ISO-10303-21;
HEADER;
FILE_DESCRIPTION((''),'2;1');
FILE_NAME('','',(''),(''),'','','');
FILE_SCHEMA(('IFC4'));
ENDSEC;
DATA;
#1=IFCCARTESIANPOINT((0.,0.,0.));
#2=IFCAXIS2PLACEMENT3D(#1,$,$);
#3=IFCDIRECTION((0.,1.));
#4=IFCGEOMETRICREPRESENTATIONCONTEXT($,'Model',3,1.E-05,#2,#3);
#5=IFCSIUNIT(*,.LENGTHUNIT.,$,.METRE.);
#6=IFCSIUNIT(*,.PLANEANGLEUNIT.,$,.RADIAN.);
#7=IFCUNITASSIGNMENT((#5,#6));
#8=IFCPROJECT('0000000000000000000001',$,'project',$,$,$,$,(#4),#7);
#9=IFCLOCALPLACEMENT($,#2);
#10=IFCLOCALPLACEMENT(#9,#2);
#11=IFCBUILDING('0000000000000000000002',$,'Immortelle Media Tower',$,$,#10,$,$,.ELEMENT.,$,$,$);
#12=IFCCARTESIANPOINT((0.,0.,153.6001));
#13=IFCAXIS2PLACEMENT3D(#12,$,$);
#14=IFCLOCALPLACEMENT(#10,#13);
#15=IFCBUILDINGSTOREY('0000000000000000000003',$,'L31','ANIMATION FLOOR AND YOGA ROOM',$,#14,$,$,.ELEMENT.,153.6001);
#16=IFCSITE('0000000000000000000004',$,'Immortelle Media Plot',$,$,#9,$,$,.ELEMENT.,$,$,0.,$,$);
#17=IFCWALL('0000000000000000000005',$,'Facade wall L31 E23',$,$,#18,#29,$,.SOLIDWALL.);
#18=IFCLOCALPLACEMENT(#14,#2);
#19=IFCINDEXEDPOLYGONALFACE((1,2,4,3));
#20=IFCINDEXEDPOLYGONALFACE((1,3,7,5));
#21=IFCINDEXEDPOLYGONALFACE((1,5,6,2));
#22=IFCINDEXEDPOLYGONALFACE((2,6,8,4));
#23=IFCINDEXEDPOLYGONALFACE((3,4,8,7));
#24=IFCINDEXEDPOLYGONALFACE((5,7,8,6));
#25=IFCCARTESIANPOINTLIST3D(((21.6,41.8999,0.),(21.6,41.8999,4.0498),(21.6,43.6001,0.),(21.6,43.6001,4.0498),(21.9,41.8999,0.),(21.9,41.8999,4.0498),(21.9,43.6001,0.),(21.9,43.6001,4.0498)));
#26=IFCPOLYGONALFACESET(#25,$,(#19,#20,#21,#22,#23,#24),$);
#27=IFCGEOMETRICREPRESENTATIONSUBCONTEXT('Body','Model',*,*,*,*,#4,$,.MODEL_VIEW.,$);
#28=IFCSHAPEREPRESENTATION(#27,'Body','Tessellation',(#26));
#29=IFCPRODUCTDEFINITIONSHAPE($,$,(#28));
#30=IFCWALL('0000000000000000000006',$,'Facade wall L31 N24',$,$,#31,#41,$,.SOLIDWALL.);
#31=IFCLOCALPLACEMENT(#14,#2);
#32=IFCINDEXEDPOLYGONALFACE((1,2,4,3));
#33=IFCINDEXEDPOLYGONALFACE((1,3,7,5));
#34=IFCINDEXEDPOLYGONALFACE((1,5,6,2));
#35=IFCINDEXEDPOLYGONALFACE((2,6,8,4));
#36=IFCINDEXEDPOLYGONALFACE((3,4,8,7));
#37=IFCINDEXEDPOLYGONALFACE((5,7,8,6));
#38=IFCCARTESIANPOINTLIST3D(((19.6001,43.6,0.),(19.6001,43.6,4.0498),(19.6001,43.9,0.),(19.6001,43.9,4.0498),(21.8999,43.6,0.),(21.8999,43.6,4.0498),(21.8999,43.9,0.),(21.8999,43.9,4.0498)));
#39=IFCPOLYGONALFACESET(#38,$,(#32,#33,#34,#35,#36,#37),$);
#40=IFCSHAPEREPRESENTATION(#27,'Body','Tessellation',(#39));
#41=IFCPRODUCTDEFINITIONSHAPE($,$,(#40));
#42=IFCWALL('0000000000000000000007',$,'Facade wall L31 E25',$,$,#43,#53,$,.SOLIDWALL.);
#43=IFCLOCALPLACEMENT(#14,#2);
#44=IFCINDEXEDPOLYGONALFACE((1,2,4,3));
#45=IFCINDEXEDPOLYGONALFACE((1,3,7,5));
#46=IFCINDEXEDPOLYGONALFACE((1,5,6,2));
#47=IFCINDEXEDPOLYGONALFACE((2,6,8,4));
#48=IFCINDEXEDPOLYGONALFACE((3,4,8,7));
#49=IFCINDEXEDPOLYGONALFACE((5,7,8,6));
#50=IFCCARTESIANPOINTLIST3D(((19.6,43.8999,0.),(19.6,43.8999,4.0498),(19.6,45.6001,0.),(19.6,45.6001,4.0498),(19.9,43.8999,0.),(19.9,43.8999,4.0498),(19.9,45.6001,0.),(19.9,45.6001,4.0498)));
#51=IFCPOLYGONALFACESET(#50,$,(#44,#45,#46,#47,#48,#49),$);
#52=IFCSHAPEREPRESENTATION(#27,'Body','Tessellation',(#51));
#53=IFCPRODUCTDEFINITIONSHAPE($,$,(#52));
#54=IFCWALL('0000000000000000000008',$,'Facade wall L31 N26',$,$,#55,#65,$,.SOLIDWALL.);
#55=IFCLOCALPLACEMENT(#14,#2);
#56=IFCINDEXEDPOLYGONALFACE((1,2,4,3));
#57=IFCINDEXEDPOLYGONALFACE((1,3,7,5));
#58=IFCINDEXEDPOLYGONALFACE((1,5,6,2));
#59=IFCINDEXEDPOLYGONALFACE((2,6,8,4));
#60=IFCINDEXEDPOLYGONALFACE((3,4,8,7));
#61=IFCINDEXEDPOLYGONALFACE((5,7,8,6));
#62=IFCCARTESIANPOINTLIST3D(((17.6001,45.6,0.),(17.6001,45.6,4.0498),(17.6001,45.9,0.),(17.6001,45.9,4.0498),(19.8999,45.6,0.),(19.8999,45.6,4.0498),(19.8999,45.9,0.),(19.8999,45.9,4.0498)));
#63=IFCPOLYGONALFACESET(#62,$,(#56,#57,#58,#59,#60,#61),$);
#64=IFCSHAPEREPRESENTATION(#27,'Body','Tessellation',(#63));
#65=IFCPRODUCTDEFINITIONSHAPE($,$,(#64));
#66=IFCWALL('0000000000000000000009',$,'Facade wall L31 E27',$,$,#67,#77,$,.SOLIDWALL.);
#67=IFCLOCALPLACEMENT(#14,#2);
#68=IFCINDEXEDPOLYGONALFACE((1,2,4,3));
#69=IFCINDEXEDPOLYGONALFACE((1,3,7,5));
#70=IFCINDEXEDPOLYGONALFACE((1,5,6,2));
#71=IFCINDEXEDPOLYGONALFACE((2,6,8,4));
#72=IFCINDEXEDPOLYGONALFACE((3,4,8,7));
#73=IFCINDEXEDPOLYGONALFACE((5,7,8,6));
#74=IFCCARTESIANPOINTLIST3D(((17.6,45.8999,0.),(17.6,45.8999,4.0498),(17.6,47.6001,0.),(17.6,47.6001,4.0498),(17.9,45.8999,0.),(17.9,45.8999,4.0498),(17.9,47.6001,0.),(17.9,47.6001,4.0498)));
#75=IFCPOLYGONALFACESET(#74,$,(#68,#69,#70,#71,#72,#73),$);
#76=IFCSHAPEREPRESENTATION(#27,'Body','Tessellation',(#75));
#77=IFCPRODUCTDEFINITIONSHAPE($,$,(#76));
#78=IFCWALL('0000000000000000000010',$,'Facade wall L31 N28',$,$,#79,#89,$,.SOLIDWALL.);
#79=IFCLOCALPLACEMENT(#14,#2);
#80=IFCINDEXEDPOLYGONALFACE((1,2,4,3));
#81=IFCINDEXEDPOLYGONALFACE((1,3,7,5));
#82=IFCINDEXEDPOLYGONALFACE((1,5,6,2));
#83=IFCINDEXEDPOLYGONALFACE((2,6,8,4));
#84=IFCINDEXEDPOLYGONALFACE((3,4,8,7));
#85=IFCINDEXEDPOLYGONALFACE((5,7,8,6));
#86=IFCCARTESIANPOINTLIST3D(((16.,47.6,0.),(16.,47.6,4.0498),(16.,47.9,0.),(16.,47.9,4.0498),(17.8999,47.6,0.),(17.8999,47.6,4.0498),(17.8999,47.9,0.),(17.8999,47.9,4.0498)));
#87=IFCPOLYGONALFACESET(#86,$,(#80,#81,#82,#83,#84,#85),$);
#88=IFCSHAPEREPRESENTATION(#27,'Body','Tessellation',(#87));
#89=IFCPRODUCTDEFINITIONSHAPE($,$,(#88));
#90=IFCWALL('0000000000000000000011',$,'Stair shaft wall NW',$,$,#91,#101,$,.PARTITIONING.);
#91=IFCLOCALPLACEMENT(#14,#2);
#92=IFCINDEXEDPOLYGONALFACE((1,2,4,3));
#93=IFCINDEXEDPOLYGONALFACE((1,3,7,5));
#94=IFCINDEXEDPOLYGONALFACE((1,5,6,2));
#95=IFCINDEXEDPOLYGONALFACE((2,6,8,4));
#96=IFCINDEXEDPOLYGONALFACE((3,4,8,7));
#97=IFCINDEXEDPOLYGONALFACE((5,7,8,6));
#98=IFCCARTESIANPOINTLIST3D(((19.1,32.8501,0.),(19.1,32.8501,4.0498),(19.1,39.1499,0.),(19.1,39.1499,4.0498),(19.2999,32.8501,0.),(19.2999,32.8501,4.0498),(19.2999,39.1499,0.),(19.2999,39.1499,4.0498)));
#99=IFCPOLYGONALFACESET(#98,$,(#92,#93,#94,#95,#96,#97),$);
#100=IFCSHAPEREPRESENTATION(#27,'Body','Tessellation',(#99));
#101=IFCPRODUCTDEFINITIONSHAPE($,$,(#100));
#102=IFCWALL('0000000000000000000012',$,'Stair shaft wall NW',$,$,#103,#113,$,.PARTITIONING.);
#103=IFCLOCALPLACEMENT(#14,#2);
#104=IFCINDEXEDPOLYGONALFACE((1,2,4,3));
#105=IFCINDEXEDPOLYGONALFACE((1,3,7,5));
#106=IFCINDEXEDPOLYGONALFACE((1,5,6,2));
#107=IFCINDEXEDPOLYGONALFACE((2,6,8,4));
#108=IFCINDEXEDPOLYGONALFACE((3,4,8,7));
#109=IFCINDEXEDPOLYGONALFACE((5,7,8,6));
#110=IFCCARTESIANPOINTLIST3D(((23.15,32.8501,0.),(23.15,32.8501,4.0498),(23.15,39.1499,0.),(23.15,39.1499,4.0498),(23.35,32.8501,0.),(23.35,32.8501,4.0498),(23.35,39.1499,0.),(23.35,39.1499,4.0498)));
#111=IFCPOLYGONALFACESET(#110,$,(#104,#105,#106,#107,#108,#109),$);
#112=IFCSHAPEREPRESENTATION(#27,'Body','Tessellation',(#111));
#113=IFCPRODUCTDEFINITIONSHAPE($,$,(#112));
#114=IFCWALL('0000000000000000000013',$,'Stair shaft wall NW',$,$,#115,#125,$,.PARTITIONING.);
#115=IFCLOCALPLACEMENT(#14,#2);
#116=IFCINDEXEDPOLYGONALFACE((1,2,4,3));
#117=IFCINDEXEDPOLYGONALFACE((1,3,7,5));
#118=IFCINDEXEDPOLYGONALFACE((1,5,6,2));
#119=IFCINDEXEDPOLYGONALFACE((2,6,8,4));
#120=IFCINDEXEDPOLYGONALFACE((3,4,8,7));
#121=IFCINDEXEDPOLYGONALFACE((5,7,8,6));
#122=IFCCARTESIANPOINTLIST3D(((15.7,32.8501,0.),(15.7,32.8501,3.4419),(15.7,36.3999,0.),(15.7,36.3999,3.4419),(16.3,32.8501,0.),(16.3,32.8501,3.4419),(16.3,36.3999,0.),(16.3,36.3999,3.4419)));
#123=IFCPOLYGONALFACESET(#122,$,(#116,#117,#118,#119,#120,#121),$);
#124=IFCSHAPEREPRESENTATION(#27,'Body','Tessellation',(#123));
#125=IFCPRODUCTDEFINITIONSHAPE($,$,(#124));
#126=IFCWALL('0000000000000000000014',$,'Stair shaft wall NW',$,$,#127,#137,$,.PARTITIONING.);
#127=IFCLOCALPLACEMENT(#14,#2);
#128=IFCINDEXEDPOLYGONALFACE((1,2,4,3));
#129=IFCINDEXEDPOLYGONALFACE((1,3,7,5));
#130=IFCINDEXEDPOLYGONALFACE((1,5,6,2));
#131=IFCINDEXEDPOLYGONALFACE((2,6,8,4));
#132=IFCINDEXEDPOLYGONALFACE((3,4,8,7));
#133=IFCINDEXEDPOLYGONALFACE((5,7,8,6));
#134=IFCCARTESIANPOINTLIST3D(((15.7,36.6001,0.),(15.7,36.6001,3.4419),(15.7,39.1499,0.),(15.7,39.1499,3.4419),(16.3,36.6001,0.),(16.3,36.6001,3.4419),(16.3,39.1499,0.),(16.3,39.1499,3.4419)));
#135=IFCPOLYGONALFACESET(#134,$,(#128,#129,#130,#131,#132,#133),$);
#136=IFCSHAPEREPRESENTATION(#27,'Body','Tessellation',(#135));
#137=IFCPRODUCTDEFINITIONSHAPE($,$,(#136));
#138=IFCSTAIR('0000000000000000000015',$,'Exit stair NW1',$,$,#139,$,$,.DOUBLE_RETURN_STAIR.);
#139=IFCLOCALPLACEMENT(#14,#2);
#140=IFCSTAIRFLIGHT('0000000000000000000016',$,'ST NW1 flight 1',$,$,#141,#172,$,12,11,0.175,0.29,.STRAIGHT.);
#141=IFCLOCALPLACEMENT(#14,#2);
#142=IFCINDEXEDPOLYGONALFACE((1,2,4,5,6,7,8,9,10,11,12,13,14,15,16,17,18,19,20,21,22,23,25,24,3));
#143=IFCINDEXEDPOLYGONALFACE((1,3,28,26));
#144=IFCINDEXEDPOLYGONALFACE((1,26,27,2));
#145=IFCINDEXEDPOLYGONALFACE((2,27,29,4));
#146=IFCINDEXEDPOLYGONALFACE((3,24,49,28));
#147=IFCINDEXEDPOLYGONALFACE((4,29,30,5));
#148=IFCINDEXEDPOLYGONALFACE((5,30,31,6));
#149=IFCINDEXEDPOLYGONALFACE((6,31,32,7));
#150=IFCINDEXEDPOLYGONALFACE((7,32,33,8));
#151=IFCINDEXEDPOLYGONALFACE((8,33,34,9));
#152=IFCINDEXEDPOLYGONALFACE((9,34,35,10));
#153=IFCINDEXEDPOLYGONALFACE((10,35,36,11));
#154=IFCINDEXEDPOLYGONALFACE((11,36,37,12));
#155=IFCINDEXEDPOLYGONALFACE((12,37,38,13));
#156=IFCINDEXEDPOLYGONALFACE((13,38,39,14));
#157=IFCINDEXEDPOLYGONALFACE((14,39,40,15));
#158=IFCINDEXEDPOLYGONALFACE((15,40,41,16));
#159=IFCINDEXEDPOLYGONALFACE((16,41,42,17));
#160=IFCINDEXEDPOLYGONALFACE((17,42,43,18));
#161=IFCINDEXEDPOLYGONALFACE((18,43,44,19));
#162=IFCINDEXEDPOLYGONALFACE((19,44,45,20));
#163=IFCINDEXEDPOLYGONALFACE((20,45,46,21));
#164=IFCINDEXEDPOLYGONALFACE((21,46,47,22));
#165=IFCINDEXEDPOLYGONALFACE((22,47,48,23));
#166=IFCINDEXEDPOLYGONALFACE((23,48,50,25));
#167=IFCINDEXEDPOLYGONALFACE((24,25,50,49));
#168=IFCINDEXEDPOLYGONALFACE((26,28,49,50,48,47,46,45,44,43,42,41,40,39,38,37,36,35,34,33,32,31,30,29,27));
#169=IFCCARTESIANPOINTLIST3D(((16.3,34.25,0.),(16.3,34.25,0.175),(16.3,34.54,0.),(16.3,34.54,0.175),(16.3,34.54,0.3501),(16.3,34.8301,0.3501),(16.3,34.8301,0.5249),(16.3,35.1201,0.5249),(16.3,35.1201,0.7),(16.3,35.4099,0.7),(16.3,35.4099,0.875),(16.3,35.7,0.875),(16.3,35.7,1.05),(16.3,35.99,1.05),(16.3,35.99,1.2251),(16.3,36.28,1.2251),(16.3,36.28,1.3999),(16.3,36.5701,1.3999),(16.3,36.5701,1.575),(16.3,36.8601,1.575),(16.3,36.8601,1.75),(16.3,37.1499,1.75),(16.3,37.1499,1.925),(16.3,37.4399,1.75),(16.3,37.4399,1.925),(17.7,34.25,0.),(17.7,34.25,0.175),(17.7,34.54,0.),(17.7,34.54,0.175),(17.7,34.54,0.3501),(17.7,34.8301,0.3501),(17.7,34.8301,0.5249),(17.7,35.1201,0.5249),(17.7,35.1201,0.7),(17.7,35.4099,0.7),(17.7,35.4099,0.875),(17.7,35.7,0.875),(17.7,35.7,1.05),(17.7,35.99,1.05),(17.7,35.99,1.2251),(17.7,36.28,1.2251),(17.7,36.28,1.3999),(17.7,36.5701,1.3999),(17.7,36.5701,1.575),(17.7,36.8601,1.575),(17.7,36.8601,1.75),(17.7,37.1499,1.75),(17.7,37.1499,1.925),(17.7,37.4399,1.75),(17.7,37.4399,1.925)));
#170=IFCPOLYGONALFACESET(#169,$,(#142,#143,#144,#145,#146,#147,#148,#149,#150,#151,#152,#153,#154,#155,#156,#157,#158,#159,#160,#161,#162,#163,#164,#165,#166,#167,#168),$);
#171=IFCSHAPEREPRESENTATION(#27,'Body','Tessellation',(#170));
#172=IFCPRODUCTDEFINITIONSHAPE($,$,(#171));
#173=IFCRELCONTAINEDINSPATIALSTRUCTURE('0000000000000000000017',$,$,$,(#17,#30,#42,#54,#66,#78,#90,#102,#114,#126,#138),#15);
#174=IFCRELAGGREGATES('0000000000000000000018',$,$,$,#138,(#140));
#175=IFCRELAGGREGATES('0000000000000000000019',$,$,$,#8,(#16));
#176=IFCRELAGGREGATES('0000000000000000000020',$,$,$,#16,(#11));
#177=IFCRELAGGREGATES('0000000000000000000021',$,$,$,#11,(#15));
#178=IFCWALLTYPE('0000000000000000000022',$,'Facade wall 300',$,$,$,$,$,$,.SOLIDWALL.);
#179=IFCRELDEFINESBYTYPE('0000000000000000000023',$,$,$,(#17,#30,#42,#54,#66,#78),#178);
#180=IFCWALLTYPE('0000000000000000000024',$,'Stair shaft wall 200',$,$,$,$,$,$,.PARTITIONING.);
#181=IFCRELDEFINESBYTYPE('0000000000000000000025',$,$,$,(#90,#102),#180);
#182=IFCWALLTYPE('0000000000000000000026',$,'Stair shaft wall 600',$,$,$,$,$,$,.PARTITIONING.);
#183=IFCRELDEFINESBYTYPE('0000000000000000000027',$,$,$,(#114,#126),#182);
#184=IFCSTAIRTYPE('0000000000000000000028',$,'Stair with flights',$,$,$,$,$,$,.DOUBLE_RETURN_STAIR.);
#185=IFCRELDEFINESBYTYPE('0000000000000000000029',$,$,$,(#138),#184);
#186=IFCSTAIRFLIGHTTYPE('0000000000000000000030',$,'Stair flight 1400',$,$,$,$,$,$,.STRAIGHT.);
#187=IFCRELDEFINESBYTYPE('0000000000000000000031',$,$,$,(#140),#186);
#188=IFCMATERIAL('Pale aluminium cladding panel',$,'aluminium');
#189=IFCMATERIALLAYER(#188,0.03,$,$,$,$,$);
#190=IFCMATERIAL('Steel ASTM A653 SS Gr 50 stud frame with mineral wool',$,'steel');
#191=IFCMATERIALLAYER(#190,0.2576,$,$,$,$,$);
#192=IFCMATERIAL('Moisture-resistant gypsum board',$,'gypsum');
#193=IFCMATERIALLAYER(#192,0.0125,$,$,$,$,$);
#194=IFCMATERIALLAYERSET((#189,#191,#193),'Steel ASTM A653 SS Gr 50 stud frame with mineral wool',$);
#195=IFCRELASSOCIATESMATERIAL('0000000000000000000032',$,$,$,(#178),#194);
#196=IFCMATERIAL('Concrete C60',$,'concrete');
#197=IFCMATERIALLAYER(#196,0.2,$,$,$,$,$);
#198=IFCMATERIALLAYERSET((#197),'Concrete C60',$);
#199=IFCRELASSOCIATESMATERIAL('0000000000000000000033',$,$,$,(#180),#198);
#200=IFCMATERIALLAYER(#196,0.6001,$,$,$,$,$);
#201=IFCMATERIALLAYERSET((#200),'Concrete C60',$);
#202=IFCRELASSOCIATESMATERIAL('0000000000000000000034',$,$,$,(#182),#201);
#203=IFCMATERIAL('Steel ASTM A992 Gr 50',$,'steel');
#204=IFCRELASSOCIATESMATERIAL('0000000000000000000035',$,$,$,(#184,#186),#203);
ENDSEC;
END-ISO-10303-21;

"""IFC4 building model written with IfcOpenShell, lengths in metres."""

from ifc_helpers import new_model, si_unit, direction, frame, frame_2d, origin, place, context, subcontext, project, spatial, polyline, rectangle, outline, extrude, material, layer, layer_set, type_object, element, aggregate, save


model = new_model("IFC4")

# Units and contexts
model_context = context("Model", 3, precision=1e-05, world=origin(), true_north=direction((0.0, 1.0)))
body_context = subcontext(model_context, "Body", "Model", "MODEL_VIEW")
ifc_project = project(units=[si_unit("LENGTHUNIT", "METRE"), si_unit("PLANEANGLEUNIT", "RADIAN")], contexts=[model_context])

# Site, building, storey
site_placement = place(None, origin())
site = spatial("IfcSite", under=ifc_project, at=site_placement, Name="Immortelle Media Plot", CompositionType="ELEMENT", RefElevation=0.0)
building_placement = place(site_placement, origin())
building = spatial("IfcBuilding", under=site, at=building_placement, Name="Immortelle Media Tower", CompositionType="ELEMENT")
storey_placement = place(building_placement, frame((0.0, 0.0, 153.6001)))
storey = spatial("IfcBuildingStorey", under=building, at=storey_placement, Name="L31", Description="ANIMATION FLOOR AND YOGA ROOM", CompositionType="ELEMENT", Elevation=153.6001)

# Shared definitions
ifc_material_1 = material(Name="Steel ASTM A992 Gr 50", Category="steel")

# Walls
ifc_material_2 = material(Name="Pale aluminium cladding panel", Category="aluminium")
ifc_layer_1 = layer(ifc_material_2, 0.03)
ifc_material_3 = material(Name="Steel ASTM A653 SS Gr 50 stud frame with mineral wool", Category="steel")
ifc_layer_2 = layer(ifc_material_3, 0.2576)
ifc_material_4 = material(Name="Moisture-resistant gypsum board", Category="gypsum")
ifc_layer_3 = layer(ifc_material_4, 0.0125)
ifc_layer_set_1 = layer_set([ifc_layer_1, ifc_layer_2, ifc_layer_3], Name="Steel ASTM A653 SS Gr 50 stud frame with mineral wool")
wall_type_1 = type_object("IfcWallType", Name="Facade wall 300", PredefinedType="SOLIDWALL", material=ifc_layer_set_1)
wall_1_placement = place(storey_placement, frame((21.75, 41.8999, 0.0), z_axis=(0.0, 0.0, 1.0), x_axis=(0.0, 1.0, 0.0)))
element("IfcWall", 1, at=wall_1_placement, inside=storey, type_object=wall_type_1, Name="Facade wall L31 E23", PredefinedType="SOLIDWALL", context=body_context, shape_type="SweptSolid", body=[
    extrude(rectangle(XDim=1.7002, YDim=0.3, at=frame_2d((0.8501, 0.0))), origin(), (0.0, 0.0, 1.0), 4.0498),
])
wall_2_placement = place(storey_placement, frame((21.8999, 43.75, 0.0), z_axis=(0.0, 0.0, 1.0), x_axis=(-1.0, 0.0, 0.0)))
element("IfcWall", 2, at=wall_2_placement, inside=storey, type_object=wall_type_1, Name="Facade wall L31 N24", PredefinedType="SOLIDWALL", context=body_context, shape_type="SweptSolid", body=[
    extrude(rectangle(XDim=2.2998, YDim=0.3, at=frame_2d((1.1499, 0.0))), origin(), (0.0, 0.0, 1.0), 4.0498),
])
wall_3_placement = place(storey_placement, frame((19.75, 43.8999, 0.0), z_axis=(0.0, 0.0, 1.0), x_axis=(0.0, 1.0, 0.0)))
element("IfcWall", 3, at=wall_3_placement, inside=storey, type_object=wall_type_1, Name="Facade wall L31 E25", PredefinedType="SOLIDWALL", context=body_context, shape_type="SweptSolid", body=[
    extrude(rectangle(XDim=1.7002, YDim=0.3, at=frame_2d((0.8501, 0.0))), origin(), (0.0, 0.0, 1.0), 4.0498),
])
wall_4_placement = place(storey_placement, frame((19.8999, 45.75, 0.0), z_axis=(0.0, 0.0, 1.0), x_axis=(-1.0, 0.0, 0.0)))
element("IfcWall", 4, at=wall_4_placement, inside=storey, type_object=wall_type_1, Name="Facade wall L31 N26", PredefinedType="SOLIDWALL", context=body_context, shape_type="SweptSolid", body=[
    extrude(rectangle(XDim=2.2998, YDim=0.3, at=frame_2d((1.1499, 0.0))), origin(), (0.0, 0.0, 1.0), 4.0498),
])
wall_5_placement = place(storey_placement, frame((17.75, 45.8999, 0.0), z_axis=(0.0, 0.0, 1.0), x_axis=(0.0, 1.0, 0.0)))
element("IfcWall", 5, at=wall_5_placement, inside=storey, type_object=wall_type_1, Name="Facade wall L31 E27", PredefinedType="SOLIDWALL", context=body_context, shape_type="SweptSolid", body=[
    extrude(rectangle(XDim=1.7002, YDim=0.3, at=frame_2d((0.8501, 0.0))), origin(), (0.0, 0.0, 1.0), 4.0498),
])
wall_6_placement = place(storey_placement, frame((17.8999, 47.75, 0.0), z_axis=(0.0, 0.0, 1.0), x_axis=(-1.0, 0.0, 0.0)))
element("IfcWall", 6, at=wall_6_placement, inside=storey, type_object=wall_type_1, Name="Facade wall L31 N28", PredefinedType="SOLIDWALL", context=body_context, shape_type="SweptSolid", body=[
    extrude(rectangle(XDim=1.8999, YDim=0.3, at=frame_2d((0.95, 0.0))), origin(), (0.0, 0.0, 1.0), 4.0498),
])
ifc_material_5 = material(Name="Concrete C60", Category="concrete")
ifc_layer_4 = layer(ifc_material_5, 0.2)
ifc_layer_set_2 = layer_set([ifc_layer_4], Name="Concrete C60")
wall_type_2 = type_object("IfcWallType", Name="Stair shaft wall 200", PredefinedType="PARTITIONING", material=ifc_layer_set_2)
for number, where, z_axis, x_axis, name in (
    (7, (19.2, 32.8501, 0.0), (0.0, 0.0, 1.0), (0.0, 1.0, 0.0), "Stair shaft wall NW"),
    (8, (23.25, 32.8501, 0.0), (0.0, 0.0, 1.0), (0.0, 1.0, 0.0), "Stair shaft wall NW"),
):
    element("IfcWall", number, at=place(storey_placement, frame(where, z_axis=z_axis, x_axis=x_axis)), inside=storey, type_object=wall_type_2, Name=name, PredefinedType="PARTITIONING", context=body_context, shape_type="SweptSolid", body=[
        extrude(rectangle(XDim=6.2998, YDim=0.2, at=frame_2d((3.1499, 0.0))), origin(), (0.0, 0.0, 1.0), 4.0498),
    ])
ifc_layer_5 = layer(ifc_material_5, 0.6001)
ifc_layer_set_3 = layer_set([ifc_layer_5], Name="Concrete C60")
wall_type_3 = type_object("IfcWallType", Name="Stair shaft wall 600", PredefinedType="PARTITIONING", material=ifc_layer_set_3)
wall_7_placement = place(storey_placement, frame((16.0, 32.8501, 0.0), z_axis=(0.0, 0.0, 1.0), x_axis=(0.0, 1.0, 0.0)))
element("IfcWall", 9, at=wall_7_placement, inside=storey, type_object=wall_type_3, Name="Stair shaft wall NW", PredefinedType="PARTITIONING", context=body_context, shape_type="SweptSolid", body=[
    extrude(rectangle(XDim=3.5498, YDim=0.6001, at=frame_2d((1.7749, 0.0))), origin(), (0.0, 0.0, 1.0), 3.4419),
])
wall_8_placement = place(storey_placement, frame((16.0, 36.6001, 0.0), z_axis=(0.0, 0.0, 1.0), x_axis=(0.0, 1.0, 0.0)))
element("IfcWall", 10, at=wall_8_placement, inside=storey, type_object=wall_type_3, Name="Stair shaft wall NW", PredefinedType="PARTITIONING", context=body_context, shape_type="SweptSolid", body=[
    extrude(rectangle(XDim=2.5498, YDim=0.6001, at=frame_2d((1.2749, 0.0))), origin(), (0.0, 0.0, 1.0), 3.4419),
])

# Stair, stair flight
stair_type = type_object("IfcStairType", Name="Stair with flights", PredefinedType="DOUBLE_RETURN_STAIR", material=ifc_material_1)
stair_1_placement = place(storey_placement, origin())
stair_1 = element("IfcStair", 11, at=stair_1_placement, inside=storey, type_object=stair_type, Name="Exit stair NW1", PredefinedType="DOUBLE_RETURN_STAIR")
stair_flight_type = type_object("IfcStairFlightType", Name="Stair flight 1400", PredefinedType="STRAIGHT", material=ifc_material_1)
stair_flight_1_placement = place(storey_placement, frame((17.0, 34.25, 0.0), z_axis=(0.0, 0.0, 1.0), x_axis=(0.0, 1.0, 0.0)))
stair_flight_1 = element("IfcStairFlight", 12, at=stair_flight_1_placement, type_object=stair_flight_type, Name="ST NW1 flight 1", NumberOfRisers=12, NumberOfTreads=11, PredefinedType="STRAIGHT", RiserHeight=0.175, TreadLength=0.29, context=body_context, shape_type="SweptSolid", body=[
    extrude(outline(polyline([(0.0, 0.0), (0.0, 0.175), (0.29, 0.175), (0.29, 0.3501), (0.5801, 0.3501), (0.5801, 0.5249), (0.8701, 0.5249), (0.8701, 0.7), (1.1599, 0.7), (1.1599, 0.875), (1.45, 0.875), (1.45, 1.05), (1.74, 1.05), (1.74, 1.2251), (2.03, 1.2251), (2.03, 1.3999), (2.3201, 1.3999), (2.3201, 1.575), (2.6101, 1.575), (2.6101, 1.75), (2.8999, 1.75), (2.8999, 1.925), (3.1899, 1.925), (3.1899, 2.1001), (3.1899, 1.75), (0.29, 0.0), (0.0, 0.0)])), frame((0.0, 0.7, 0.0), z_axis=(0.0, -1.0, 0.0), x_axis=(1.0, 0.0, 0.0)), (0.0, 0.0, 1.0), 1.3999),
])
aggregate(stair_1, [stair_flight_1])

save(model, "model.ifc")
